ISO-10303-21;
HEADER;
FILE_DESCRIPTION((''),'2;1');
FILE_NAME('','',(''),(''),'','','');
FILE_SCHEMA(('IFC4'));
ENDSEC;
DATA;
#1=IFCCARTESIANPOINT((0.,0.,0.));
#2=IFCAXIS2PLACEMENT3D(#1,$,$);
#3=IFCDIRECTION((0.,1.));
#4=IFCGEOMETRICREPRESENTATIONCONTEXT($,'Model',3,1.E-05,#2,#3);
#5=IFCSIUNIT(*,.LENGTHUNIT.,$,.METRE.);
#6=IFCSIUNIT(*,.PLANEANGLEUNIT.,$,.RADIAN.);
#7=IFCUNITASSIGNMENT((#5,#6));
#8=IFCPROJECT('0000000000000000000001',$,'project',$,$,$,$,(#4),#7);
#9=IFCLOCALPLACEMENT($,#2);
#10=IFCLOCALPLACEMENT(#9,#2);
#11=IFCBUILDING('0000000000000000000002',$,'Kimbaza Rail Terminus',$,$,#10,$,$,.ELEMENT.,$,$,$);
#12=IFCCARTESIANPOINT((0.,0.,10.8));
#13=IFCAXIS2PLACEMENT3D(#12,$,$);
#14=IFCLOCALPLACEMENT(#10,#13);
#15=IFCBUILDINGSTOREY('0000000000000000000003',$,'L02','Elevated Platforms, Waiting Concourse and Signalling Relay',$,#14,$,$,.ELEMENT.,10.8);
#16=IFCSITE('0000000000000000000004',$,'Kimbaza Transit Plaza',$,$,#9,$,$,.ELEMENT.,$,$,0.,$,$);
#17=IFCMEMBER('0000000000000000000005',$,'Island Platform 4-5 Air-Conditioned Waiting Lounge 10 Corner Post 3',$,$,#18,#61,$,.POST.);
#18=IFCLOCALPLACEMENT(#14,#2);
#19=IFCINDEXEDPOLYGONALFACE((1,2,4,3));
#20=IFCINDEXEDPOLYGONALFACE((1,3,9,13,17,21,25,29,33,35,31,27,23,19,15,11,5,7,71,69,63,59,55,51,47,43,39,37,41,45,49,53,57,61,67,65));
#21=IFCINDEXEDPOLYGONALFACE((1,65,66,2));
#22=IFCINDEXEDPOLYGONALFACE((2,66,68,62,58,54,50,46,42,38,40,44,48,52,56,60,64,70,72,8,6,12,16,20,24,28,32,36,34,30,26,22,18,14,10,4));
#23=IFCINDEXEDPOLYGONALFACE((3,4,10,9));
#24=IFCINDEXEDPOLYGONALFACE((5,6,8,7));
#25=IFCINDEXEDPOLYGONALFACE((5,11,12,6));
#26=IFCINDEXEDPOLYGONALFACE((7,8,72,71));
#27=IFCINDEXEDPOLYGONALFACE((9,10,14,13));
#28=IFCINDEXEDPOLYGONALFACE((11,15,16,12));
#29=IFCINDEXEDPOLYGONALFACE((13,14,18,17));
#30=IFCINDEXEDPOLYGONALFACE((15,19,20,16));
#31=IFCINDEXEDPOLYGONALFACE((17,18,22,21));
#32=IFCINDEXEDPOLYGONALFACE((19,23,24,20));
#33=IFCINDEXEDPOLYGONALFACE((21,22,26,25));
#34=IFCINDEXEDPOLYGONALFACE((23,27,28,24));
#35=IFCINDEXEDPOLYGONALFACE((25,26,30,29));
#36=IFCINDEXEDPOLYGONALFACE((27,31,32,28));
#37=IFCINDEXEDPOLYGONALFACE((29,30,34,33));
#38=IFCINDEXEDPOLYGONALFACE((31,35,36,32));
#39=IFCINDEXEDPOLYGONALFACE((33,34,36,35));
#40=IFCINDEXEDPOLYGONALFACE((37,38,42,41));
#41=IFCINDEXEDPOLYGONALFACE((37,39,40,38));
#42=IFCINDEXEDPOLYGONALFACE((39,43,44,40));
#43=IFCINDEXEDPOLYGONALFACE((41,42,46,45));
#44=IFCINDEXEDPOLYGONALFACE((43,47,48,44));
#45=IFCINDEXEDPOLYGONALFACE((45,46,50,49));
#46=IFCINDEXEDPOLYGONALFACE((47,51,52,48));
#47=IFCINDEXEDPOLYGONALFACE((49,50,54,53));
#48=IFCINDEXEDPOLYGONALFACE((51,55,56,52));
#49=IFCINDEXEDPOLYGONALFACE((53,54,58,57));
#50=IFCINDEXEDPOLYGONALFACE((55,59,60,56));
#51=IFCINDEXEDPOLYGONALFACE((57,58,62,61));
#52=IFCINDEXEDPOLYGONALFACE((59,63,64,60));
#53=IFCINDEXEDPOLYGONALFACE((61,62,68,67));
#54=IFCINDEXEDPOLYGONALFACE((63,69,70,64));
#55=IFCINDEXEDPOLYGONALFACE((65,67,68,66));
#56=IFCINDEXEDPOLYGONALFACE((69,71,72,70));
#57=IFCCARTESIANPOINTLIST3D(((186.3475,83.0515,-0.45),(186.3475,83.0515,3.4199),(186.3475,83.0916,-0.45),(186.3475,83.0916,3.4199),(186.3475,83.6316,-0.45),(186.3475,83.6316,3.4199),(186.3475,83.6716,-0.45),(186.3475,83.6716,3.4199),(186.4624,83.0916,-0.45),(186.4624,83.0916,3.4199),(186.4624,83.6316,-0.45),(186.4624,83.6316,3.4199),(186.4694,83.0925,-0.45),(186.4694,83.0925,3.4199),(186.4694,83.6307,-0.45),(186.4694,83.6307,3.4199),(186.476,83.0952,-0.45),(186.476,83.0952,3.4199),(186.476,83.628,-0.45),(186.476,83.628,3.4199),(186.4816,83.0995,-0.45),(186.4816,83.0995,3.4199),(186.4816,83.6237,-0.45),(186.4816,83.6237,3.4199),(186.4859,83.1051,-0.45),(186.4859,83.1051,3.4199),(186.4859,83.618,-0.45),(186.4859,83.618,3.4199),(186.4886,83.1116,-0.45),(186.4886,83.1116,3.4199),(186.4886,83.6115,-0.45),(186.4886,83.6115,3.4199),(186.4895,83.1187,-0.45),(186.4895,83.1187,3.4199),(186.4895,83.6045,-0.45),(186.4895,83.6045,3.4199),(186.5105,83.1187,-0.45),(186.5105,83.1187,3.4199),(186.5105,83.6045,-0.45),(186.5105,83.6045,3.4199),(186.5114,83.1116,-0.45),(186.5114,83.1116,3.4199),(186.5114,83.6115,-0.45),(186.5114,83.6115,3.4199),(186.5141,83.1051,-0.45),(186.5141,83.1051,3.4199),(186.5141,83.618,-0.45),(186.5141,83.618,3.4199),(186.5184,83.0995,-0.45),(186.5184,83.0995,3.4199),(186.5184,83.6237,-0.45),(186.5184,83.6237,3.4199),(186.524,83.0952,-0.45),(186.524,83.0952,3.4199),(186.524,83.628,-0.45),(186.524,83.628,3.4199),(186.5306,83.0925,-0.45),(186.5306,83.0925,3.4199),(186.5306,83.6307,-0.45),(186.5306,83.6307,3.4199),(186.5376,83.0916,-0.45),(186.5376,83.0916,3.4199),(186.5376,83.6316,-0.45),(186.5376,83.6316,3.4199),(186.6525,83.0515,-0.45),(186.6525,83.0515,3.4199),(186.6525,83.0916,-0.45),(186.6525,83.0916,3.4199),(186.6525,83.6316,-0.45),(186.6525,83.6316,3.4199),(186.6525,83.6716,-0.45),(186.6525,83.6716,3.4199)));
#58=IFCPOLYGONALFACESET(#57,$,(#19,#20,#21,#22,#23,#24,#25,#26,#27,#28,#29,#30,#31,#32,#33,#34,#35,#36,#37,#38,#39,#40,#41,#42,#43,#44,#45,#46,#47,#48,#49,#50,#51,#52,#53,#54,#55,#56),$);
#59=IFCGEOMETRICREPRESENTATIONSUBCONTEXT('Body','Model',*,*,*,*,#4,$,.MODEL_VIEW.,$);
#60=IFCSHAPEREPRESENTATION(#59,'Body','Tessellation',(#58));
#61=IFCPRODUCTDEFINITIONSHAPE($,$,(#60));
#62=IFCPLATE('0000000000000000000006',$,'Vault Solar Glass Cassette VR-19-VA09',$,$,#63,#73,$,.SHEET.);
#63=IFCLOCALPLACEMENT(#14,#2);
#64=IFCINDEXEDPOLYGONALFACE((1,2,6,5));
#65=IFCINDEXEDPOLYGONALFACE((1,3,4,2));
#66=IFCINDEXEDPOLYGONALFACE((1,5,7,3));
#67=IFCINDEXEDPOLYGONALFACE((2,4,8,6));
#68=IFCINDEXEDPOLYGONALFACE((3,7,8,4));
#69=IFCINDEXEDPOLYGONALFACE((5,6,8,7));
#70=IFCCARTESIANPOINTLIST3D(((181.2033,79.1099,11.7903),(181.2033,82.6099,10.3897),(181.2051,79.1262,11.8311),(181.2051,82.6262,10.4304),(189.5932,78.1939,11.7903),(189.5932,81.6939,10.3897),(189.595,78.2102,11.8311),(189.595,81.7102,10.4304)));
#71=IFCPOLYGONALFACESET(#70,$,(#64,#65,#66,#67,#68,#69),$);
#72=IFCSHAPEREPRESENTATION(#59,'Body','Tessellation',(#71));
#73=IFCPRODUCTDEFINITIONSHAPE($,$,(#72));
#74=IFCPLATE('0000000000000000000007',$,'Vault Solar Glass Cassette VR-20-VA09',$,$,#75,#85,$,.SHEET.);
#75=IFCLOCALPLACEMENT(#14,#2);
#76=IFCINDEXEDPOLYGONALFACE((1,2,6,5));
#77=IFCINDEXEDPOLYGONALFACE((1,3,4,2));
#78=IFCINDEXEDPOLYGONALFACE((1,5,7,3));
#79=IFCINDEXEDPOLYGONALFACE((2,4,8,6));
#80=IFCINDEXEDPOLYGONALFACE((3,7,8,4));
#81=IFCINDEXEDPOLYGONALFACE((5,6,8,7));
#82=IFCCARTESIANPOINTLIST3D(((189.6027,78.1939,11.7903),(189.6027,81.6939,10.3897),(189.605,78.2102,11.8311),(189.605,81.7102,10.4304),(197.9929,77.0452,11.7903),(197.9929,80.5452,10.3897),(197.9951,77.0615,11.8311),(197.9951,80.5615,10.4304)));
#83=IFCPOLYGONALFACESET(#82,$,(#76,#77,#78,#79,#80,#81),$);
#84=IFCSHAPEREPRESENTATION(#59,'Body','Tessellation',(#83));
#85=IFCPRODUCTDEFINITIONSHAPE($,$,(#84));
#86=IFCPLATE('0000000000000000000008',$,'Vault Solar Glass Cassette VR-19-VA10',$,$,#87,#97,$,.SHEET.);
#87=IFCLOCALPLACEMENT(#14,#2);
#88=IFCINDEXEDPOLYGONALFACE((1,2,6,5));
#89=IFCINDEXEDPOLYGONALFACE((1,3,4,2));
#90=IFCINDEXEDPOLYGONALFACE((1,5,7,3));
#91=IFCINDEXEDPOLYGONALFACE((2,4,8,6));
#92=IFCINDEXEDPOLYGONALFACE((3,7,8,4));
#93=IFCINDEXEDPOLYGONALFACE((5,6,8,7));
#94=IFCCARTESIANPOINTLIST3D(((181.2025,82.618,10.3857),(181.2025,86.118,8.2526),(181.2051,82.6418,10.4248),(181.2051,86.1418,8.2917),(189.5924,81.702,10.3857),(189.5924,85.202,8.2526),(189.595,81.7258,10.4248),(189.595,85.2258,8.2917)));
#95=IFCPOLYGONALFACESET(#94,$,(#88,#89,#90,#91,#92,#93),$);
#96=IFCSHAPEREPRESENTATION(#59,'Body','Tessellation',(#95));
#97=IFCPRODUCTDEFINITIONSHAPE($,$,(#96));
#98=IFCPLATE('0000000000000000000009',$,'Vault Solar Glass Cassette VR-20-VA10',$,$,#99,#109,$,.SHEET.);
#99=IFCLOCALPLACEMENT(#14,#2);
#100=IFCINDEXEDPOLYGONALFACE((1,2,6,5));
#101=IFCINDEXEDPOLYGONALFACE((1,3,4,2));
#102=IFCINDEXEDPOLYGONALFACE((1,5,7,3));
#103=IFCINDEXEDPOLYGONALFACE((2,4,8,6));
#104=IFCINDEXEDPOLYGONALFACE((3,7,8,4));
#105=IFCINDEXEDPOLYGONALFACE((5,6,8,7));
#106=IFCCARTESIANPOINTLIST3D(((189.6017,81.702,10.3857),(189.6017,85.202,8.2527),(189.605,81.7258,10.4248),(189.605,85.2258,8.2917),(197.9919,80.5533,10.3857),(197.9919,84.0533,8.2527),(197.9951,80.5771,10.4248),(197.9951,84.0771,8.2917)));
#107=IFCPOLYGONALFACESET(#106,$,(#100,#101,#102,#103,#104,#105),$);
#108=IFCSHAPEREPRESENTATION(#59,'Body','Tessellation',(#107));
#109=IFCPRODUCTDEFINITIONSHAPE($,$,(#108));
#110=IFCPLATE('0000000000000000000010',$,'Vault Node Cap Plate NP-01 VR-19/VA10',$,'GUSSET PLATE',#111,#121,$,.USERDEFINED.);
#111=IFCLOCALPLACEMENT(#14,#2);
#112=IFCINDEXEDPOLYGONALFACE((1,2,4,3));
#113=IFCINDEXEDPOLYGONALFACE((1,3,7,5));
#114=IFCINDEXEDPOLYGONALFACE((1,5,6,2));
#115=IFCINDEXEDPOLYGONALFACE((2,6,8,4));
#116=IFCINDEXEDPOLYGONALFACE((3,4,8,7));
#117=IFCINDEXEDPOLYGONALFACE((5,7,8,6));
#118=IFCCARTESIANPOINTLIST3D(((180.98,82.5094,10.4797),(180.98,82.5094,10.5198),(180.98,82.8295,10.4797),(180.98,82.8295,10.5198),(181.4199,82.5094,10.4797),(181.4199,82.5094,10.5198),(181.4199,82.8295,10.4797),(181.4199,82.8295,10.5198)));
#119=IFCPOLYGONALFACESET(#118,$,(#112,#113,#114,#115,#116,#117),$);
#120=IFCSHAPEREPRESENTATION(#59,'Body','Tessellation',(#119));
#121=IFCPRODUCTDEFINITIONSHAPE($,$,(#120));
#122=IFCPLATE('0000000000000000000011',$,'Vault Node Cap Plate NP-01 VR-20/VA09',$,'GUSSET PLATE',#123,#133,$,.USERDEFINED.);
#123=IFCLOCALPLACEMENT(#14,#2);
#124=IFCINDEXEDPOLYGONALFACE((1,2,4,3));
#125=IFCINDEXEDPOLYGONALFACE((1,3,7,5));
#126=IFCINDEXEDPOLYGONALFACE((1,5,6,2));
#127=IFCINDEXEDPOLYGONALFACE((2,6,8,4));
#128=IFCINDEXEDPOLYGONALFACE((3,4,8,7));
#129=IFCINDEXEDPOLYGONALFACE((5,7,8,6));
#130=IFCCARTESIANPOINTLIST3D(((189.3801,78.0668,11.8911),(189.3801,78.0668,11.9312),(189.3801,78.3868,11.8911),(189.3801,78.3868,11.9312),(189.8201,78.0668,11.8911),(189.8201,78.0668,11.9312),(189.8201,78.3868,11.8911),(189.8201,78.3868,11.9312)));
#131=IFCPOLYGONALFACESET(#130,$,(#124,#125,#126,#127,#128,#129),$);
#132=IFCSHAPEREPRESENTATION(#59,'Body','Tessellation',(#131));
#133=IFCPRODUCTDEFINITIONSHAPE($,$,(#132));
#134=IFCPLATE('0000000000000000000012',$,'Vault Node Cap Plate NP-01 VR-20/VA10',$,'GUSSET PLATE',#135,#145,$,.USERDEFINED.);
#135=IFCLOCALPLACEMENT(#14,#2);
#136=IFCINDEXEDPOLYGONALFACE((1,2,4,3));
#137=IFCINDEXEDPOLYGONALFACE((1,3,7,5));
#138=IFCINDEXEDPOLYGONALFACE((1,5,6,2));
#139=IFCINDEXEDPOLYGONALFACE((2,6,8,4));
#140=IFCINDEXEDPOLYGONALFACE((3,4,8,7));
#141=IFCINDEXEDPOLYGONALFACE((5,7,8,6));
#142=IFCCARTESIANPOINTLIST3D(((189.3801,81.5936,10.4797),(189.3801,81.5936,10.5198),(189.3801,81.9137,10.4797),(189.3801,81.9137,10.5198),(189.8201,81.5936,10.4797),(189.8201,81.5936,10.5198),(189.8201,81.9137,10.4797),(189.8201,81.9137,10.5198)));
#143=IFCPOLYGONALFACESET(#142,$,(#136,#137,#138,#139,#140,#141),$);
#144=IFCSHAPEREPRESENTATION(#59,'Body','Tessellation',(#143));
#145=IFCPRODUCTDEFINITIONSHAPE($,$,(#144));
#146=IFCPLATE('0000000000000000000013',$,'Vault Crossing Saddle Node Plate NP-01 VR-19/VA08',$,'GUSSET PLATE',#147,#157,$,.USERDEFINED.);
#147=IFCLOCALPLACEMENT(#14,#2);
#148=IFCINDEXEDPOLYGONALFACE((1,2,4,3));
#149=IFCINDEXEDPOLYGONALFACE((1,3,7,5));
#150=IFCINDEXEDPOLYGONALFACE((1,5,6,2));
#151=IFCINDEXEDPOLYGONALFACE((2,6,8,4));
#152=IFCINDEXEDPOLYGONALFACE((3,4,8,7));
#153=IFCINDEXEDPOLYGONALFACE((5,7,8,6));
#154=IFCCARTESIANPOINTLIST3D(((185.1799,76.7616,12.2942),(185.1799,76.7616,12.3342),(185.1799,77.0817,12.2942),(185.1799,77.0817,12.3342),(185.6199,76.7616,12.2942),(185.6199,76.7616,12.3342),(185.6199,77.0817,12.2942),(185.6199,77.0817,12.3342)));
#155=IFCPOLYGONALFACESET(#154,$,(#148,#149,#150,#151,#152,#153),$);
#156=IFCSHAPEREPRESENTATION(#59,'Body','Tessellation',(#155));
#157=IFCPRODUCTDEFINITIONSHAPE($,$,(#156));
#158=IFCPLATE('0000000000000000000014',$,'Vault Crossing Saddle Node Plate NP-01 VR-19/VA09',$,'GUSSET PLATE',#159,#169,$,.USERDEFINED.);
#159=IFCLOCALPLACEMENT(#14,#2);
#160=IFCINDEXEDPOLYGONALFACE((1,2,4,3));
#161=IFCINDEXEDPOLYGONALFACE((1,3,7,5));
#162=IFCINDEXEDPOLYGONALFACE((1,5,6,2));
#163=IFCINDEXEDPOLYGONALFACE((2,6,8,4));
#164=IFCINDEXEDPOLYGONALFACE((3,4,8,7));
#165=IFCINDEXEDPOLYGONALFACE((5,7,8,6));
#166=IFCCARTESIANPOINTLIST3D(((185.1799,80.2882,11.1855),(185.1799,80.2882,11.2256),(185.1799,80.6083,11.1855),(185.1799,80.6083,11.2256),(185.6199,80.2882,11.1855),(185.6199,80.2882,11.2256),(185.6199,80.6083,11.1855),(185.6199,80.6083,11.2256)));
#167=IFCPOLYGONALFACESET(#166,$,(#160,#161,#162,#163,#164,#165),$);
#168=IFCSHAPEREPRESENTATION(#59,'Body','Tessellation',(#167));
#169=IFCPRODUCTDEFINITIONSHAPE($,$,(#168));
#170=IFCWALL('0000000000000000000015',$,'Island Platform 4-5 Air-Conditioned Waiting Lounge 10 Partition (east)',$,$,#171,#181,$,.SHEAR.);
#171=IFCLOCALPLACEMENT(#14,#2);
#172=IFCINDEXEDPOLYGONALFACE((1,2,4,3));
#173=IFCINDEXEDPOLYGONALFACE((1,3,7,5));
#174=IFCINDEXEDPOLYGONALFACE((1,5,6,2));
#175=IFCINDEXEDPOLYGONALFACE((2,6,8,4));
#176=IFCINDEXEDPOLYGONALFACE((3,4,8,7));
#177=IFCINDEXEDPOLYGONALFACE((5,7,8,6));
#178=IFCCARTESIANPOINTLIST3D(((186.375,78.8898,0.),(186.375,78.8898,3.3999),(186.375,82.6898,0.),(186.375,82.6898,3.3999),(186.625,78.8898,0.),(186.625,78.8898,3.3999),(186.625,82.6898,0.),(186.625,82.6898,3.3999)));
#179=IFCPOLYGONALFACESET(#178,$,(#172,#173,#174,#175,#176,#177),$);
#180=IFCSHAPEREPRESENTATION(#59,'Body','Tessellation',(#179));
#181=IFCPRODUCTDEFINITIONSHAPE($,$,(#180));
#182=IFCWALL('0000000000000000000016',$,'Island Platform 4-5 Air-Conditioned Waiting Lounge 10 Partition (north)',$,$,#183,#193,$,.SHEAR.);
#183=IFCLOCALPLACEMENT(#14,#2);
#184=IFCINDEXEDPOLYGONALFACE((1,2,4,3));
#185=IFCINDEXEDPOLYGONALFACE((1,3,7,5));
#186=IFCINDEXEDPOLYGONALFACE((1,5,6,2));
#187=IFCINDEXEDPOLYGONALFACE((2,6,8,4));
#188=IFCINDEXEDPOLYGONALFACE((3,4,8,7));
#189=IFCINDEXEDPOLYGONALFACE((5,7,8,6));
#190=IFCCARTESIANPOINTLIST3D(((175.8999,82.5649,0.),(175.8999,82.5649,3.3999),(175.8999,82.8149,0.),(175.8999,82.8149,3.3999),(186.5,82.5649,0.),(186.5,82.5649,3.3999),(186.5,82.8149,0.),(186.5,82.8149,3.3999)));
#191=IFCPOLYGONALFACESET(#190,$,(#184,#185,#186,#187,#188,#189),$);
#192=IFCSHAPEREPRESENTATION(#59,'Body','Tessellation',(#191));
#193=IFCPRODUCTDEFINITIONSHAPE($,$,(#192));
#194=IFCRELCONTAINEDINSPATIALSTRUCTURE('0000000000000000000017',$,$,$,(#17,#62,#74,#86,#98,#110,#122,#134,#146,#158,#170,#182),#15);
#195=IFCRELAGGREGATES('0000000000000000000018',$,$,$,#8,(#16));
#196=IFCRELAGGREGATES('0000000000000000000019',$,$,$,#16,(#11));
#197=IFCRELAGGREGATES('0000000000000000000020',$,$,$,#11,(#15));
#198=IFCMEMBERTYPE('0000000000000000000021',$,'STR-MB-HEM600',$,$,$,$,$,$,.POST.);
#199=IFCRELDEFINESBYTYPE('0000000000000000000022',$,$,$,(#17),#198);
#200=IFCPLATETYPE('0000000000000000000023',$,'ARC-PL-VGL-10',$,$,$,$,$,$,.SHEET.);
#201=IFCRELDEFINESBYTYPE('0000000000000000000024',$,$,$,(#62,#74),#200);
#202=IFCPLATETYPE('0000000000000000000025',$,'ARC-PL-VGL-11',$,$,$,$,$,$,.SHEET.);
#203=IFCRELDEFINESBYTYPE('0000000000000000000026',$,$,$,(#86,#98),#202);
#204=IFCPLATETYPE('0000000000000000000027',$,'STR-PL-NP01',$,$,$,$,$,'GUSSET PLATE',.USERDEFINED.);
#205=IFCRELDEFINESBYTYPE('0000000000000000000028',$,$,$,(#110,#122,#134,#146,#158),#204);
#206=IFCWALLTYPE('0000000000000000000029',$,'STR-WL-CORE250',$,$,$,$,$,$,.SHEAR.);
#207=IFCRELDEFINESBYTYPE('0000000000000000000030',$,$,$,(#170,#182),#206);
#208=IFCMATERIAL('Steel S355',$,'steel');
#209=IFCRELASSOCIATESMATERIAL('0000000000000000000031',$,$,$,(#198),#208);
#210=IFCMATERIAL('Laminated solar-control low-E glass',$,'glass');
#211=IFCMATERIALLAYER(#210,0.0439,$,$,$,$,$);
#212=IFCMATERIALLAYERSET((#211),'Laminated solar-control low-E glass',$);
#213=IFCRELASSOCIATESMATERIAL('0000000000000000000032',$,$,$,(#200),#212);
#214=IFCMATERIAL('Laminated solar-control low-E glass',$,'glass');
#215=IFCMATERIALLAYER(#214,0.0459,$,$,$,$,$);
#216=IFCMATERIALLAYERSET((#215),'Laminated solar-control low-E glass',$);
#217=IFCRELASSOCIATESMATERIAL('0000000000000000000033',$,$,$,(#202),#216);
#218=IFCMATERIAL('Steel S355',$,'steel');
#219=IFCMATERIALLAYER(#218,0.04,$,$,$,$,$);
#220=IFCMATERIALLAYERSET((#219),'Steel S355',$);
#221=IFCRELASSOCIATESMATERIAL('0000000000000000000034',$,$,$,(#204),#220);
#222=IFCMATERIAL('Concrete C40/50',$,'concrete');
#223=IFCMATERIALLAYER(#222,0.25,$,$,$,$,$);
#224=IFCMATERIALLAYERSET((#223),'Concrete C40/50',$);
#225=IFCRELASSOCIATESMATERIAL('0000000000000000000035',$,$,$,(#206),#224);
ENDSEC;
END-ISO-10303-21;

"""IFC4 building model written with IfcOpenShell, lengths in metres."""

from ifc_helpers import new_model, si_unit, direction, frame, frame_2d, origin, origin_2d, place, context, subcontext, project, spatial, polyline, rectangle, i_section, outline, extrude, material, layer, layer_set, material_profile, profile_set, type_object, element, save


model = new_model("IFC4")

# Units and contexts
model_context = context("Model", 3, precision=1e-05, world=origin(), true_north=direction((0.0, 1.0)))
body_context = subcontext(model_context, "Body", "Model", "MODEL_VIEW")
ifc_project = project(units=[si_unit("LENGTHUNIT", "METRE"), si_unit("PLANEANGLEUNIT", "RADIAN")], contexts=[model_context])

# Site, building, storey
site_placement = place(None, origin())
site = spatial("IfcSite", under=ifc_project, at=site_placement, Name="Kimbaza Transit Plaza", CompositionType="ELEMENT", RefElevation=0.0)
building_placement = place(site_placement, origin())
building = spatial("IfcBuilding", under=site, at=building_placement, Name="Kimbaza Rail Terminus", CompositionType="ELEMENT")
storey_placement = place(building_placement, frame((0.0, 0.0, 10.8)))
storey = spatial("IfcBuildingStorey", under=building, at=storey_placement, Name="L02", Description="Elevated Platforms, Waiting Concourse and Signalling Relay", CompositionType="ELEMENT", Elevation=10.8)

# Member
ifc_material_1 = material(Name="Steel S355", Category="steel")
ifc_material_profile_1 = material_profile(ifc_material_1, i_section(OverallWidth=0.3049, OverallDepth=0.6201, WebThickness=0.021, FlangeThickness=0.04, FilletRadius=0.0271, at=origin_2d()), Name="HEM 600")
ifc_profile_set_1 = profile_set([ifc_material_profile_1], Name="Steel S355")
member_type_1 = type_object("IfcMemberType", Name="STR-MB-HEM600", PredefinedType="POST", material=ifc_profile_set_1)
for number, where, z_axis, x_axis, name in (
    (1, (186.5, 83.3616, -0.45), (0.0, 0.0, 1.0), (1.0, 0.0, 0.0), "Island Platform 4-5 Air-Conditioned Waiting Lounge 10 Corner Post 3"),
):
    element("IfcMember", number, at=place(storey_placement, frame(where, z_axis=z_axis, x_axis=x_axis)), inside=storey, type_object=member_type_1, Name=name, PredefinedType="POST", context=body_context, shape_type="SweptSolid", body=[
        extrude(i_section(OverallWidth=0.3049, OverallDepth=0.6201, WebThickness=0.021, FlangeThickness=0.04, FilletRadius=0.0271, at=origin_2d()), origin(), (0.0, 0.0, 1.0), 3.8699),
    ])

# Plates
ifc_material_2 = material(Name="Laminated solar-control low-E glass", Category="glass")
ifc_layer_1 = layer(ifc_material_2, 0.0439)
ifc_layer_set_1 = layer_set([ifc_layer_1], Name="Laminated solar-control low-E glass")
plate_type_1 = type_object("IfcPlateType", Name="ARC-PL-VGL-10", PredefinedType="SHEET", material=ifc_layer_set_1)
plate_1_placement = place(storey_placement, frame((181.2051, 79.1262, 11.8311), z_axis=(0.040531, 0.371231, 0.927656), x_axis=(0.994093, -0.108536, 0.0)))
element("IfcPlate", 2, at=plate_1_placement, inside=storey, type_object=plate_type_1, Name="Vault Solar Glass Cassette VR-19-VA09", PredefinedType="SHEET", context=body_context, shape_type="SweptSolid", body=[
    extrude(outline(polyline([(0.0, 0.0), (8.4398, 0.0), (8.0599, 3.7507), (-0.3799, 3.7507), (0.0, 0.0)])), origin(), (0.0, 0.0, -1.0), 0.0439),
])
plate_2_placement = place(storey_placement, frame((189.605, 78.2102, 11.8311), z_axis=(0.050801, 0.371056, 0.92722), x_axis=(0.990758, -0.135643, 0.0)))
element("IfcPlate", 3, at=plate_2_placement, inside=storey, type_object=plate_type_1, Name="Vault Solar Glass Cassette VR-20-VA09", PredefinedType="SHEET", context=body_context, shape_type="SweptSolid", body=[
    extrude(outline(polyline([(0.0, 0.0), (8.4684, 0.0), (7.9937, 3.7398), (-0.4748, 3.7398), (0.0, 0.0)])), origin(), (0.0, 0.0, -1.0), 0.0439),
])
ifc_material_3 = material(Name="Laminated solar-control low-E glass", Category="glass")
ifc_layer_2 = layer(ifc_material_3, 0.0459)
ifc_layer_set_2 = layer_set([ifc_layer_2], Name="Laminated solar-control low-E glass")
plate_type_2 = type_object("IfcPlateType", Name="ARC-PL-VGL-11", PredefinedType="SHEET", material=ifc_layer_set_2)
plate_3_placement = place(storey_placement, frame((181.2051, 82.6418, 10.4248), z_axis=(0.056728, 0.519576, 0.852539), x_axis=(0.994093, -0.108536, 0.0)))
element("IfcPlate", 4, at=plate_3_placement, inside=storey, type_object=plate_type_2, Name="Vault Solar Glass Cassette VR-19-VA10", PredefinedType="SHEET", context=body_context, shape_type="SweptSolid", body=[
    extrude(outline(polyline([(0.0, 0.0), (8.4398, 0.0), (8.0599, 4.0811), (-0.3799, 4.0811), (0.0, 0.0)])), origin(), (0.0, 0.0, -1.0), 0.0459),
])
plate_4_placement = place(storey_placement, frame((189.605, 81.7258, 10.4248), z_axis=(0.071069, 0.519098, 0.851755), x_axis=(0.990758, -0.135643, 0.0)))
element("IfcPlate", 5, at=plate_4_placement, inside=storey, type_object=plate_type_2, Name="Vault Solar Glass Cassette VR-20-VA10", PredefinedType="SHEET", context=body_context, shape_type="SweptSolid", body=[
    extrude(outline(polyline([(0.0, 0.0), (8.4684, 0.0), (7.9937, 4.0712), (-0.4748, 4.0712), (0.0, 0.0)])), origin(), (0.0, 0.0, -1.0), 0.0459),
])
ifc_material_4 = material(Name="Steel S355", Category="steel")
ifc_layer_3 = layer(ifc_material_4, 0.04)
ifc_layer_set_3 = layer_set([ifc_layer_3], Name="Steel S355")
plate_type_3 = type_object("IfcPlateType", Name="STR-PL-NP01", ElementType="GUSSET PLATE", PredefinedType="USERDEFINED", material=ifc_layer_set_3)
for number, where, z_axis, x_axis, name in (
    (6, (181.2, 82.6694, 10.4797), (0.0, 0.0, 1.0), (1.0, 0.0, 0.0), "Vault Node Cap Plate NP-01 VR-19/VA10"),
    (7, (189.6001, 78.2268, 11.8911), (0.0, 0.0, 1.0), (1.0, 0.0, 0.0), "Vault Node Cap Plate NP-01 VR-20/VA09"),
    (8, (189.6001, 81.7537, 10.4797), (0.0, 0.0, 1.0), (1.0, 0.0, 0.0), "Vault Node Cap Plate NP-01 VR-20/VA10"),
    (9, (185.3999, 76.9216, 12.2942), (0.0, 0.0, 1.0), (1.0, 0.0, 0.0), "Vault Crossing Saddle Node Plate NP-01 VR-19/VA08"),
    (10, (185.3999, 80.4482, 11.1855), (0.0, 0.0, 1.0), (1.0, 0.0, 0.0), "Vault Crossing Saddle Node Plate NP-01 VR-19/VA09"),
):
    element("IfcPlate", number, at=place(storey_placement, frame(where, z_axis=z_axis, x_axis=x_axis)), inside=storey, type_object=plate_type_3, Name=name, ObjectType="GUSSET PLATE", PredefinedType="USERDEFINED", context=body_context, shape_type="SweptSolid", body=[
        extrude(rectangle(XDim=0.4399, YDim=0.3201, at=origin_2d()), origin(), (0.0, 0.0, 1.0), 0.04),
    ])

# Walls
ifc_material_5 = material(Name="Concrete C40/50", Category="concrete")
ifc_layer_4 = layer(ifc_material_5, 0.25)
ifc_layer_set_4 = layer_set([ifc_layer_4], Name="Concrete C40/50")
wall_type = type_object("IfcWallType", Name="STR-WL-CORE250", PredefinedType="SHEAR", material=ifc_layer_set_4)
wall_1_placement = place(storey_placement, frame((186.5, 78.8899, 0.0), z_axis=(0.0, 0.0, 1.0), x_axis=(0.0, 1.0, 0.0)))
element("IfcWall", 11, at=wall_1_placement, inside=storey, type_object=wall_type, Name="Island Platform 4-5 Air-Conditioned Waiting Lounge 10 Partition (east)", PredefinedType="SHEAR", context=body_context, shape_type="SweptSolid", body=[
    extrude(rectangle(XDim=3.8, YDim=0.25, at=frame_2d((1.8999, 0.0))), origin(), (0.0, 0.0, 1.0), 3.3999),
])
wall_2_placement = place(storey_placement, frame((186.5, 82.6899, 0.0), z_axis=(0.0, 0.0, 1.0), x_axis=(-1.0, 0.0, 0.0)))
element("IfcWall", 12, at=wall_2_placement, inside=storey, type_object=wall_type, Name="Island Platform 4-5 Air-Conditioned Waiting Lounge 10 Partition (north)", PredefinedType="SHEAR", context=body_context, shape_type="SweptSolid", body=[
    extrude(rectangle(XDim=10.6001, YDim=0.25, at=frame_2d((5.3, 0.0))), origin(), (0.0, 0.0, 1.0), 3.3999),
])

save(model, "model.ifc")
